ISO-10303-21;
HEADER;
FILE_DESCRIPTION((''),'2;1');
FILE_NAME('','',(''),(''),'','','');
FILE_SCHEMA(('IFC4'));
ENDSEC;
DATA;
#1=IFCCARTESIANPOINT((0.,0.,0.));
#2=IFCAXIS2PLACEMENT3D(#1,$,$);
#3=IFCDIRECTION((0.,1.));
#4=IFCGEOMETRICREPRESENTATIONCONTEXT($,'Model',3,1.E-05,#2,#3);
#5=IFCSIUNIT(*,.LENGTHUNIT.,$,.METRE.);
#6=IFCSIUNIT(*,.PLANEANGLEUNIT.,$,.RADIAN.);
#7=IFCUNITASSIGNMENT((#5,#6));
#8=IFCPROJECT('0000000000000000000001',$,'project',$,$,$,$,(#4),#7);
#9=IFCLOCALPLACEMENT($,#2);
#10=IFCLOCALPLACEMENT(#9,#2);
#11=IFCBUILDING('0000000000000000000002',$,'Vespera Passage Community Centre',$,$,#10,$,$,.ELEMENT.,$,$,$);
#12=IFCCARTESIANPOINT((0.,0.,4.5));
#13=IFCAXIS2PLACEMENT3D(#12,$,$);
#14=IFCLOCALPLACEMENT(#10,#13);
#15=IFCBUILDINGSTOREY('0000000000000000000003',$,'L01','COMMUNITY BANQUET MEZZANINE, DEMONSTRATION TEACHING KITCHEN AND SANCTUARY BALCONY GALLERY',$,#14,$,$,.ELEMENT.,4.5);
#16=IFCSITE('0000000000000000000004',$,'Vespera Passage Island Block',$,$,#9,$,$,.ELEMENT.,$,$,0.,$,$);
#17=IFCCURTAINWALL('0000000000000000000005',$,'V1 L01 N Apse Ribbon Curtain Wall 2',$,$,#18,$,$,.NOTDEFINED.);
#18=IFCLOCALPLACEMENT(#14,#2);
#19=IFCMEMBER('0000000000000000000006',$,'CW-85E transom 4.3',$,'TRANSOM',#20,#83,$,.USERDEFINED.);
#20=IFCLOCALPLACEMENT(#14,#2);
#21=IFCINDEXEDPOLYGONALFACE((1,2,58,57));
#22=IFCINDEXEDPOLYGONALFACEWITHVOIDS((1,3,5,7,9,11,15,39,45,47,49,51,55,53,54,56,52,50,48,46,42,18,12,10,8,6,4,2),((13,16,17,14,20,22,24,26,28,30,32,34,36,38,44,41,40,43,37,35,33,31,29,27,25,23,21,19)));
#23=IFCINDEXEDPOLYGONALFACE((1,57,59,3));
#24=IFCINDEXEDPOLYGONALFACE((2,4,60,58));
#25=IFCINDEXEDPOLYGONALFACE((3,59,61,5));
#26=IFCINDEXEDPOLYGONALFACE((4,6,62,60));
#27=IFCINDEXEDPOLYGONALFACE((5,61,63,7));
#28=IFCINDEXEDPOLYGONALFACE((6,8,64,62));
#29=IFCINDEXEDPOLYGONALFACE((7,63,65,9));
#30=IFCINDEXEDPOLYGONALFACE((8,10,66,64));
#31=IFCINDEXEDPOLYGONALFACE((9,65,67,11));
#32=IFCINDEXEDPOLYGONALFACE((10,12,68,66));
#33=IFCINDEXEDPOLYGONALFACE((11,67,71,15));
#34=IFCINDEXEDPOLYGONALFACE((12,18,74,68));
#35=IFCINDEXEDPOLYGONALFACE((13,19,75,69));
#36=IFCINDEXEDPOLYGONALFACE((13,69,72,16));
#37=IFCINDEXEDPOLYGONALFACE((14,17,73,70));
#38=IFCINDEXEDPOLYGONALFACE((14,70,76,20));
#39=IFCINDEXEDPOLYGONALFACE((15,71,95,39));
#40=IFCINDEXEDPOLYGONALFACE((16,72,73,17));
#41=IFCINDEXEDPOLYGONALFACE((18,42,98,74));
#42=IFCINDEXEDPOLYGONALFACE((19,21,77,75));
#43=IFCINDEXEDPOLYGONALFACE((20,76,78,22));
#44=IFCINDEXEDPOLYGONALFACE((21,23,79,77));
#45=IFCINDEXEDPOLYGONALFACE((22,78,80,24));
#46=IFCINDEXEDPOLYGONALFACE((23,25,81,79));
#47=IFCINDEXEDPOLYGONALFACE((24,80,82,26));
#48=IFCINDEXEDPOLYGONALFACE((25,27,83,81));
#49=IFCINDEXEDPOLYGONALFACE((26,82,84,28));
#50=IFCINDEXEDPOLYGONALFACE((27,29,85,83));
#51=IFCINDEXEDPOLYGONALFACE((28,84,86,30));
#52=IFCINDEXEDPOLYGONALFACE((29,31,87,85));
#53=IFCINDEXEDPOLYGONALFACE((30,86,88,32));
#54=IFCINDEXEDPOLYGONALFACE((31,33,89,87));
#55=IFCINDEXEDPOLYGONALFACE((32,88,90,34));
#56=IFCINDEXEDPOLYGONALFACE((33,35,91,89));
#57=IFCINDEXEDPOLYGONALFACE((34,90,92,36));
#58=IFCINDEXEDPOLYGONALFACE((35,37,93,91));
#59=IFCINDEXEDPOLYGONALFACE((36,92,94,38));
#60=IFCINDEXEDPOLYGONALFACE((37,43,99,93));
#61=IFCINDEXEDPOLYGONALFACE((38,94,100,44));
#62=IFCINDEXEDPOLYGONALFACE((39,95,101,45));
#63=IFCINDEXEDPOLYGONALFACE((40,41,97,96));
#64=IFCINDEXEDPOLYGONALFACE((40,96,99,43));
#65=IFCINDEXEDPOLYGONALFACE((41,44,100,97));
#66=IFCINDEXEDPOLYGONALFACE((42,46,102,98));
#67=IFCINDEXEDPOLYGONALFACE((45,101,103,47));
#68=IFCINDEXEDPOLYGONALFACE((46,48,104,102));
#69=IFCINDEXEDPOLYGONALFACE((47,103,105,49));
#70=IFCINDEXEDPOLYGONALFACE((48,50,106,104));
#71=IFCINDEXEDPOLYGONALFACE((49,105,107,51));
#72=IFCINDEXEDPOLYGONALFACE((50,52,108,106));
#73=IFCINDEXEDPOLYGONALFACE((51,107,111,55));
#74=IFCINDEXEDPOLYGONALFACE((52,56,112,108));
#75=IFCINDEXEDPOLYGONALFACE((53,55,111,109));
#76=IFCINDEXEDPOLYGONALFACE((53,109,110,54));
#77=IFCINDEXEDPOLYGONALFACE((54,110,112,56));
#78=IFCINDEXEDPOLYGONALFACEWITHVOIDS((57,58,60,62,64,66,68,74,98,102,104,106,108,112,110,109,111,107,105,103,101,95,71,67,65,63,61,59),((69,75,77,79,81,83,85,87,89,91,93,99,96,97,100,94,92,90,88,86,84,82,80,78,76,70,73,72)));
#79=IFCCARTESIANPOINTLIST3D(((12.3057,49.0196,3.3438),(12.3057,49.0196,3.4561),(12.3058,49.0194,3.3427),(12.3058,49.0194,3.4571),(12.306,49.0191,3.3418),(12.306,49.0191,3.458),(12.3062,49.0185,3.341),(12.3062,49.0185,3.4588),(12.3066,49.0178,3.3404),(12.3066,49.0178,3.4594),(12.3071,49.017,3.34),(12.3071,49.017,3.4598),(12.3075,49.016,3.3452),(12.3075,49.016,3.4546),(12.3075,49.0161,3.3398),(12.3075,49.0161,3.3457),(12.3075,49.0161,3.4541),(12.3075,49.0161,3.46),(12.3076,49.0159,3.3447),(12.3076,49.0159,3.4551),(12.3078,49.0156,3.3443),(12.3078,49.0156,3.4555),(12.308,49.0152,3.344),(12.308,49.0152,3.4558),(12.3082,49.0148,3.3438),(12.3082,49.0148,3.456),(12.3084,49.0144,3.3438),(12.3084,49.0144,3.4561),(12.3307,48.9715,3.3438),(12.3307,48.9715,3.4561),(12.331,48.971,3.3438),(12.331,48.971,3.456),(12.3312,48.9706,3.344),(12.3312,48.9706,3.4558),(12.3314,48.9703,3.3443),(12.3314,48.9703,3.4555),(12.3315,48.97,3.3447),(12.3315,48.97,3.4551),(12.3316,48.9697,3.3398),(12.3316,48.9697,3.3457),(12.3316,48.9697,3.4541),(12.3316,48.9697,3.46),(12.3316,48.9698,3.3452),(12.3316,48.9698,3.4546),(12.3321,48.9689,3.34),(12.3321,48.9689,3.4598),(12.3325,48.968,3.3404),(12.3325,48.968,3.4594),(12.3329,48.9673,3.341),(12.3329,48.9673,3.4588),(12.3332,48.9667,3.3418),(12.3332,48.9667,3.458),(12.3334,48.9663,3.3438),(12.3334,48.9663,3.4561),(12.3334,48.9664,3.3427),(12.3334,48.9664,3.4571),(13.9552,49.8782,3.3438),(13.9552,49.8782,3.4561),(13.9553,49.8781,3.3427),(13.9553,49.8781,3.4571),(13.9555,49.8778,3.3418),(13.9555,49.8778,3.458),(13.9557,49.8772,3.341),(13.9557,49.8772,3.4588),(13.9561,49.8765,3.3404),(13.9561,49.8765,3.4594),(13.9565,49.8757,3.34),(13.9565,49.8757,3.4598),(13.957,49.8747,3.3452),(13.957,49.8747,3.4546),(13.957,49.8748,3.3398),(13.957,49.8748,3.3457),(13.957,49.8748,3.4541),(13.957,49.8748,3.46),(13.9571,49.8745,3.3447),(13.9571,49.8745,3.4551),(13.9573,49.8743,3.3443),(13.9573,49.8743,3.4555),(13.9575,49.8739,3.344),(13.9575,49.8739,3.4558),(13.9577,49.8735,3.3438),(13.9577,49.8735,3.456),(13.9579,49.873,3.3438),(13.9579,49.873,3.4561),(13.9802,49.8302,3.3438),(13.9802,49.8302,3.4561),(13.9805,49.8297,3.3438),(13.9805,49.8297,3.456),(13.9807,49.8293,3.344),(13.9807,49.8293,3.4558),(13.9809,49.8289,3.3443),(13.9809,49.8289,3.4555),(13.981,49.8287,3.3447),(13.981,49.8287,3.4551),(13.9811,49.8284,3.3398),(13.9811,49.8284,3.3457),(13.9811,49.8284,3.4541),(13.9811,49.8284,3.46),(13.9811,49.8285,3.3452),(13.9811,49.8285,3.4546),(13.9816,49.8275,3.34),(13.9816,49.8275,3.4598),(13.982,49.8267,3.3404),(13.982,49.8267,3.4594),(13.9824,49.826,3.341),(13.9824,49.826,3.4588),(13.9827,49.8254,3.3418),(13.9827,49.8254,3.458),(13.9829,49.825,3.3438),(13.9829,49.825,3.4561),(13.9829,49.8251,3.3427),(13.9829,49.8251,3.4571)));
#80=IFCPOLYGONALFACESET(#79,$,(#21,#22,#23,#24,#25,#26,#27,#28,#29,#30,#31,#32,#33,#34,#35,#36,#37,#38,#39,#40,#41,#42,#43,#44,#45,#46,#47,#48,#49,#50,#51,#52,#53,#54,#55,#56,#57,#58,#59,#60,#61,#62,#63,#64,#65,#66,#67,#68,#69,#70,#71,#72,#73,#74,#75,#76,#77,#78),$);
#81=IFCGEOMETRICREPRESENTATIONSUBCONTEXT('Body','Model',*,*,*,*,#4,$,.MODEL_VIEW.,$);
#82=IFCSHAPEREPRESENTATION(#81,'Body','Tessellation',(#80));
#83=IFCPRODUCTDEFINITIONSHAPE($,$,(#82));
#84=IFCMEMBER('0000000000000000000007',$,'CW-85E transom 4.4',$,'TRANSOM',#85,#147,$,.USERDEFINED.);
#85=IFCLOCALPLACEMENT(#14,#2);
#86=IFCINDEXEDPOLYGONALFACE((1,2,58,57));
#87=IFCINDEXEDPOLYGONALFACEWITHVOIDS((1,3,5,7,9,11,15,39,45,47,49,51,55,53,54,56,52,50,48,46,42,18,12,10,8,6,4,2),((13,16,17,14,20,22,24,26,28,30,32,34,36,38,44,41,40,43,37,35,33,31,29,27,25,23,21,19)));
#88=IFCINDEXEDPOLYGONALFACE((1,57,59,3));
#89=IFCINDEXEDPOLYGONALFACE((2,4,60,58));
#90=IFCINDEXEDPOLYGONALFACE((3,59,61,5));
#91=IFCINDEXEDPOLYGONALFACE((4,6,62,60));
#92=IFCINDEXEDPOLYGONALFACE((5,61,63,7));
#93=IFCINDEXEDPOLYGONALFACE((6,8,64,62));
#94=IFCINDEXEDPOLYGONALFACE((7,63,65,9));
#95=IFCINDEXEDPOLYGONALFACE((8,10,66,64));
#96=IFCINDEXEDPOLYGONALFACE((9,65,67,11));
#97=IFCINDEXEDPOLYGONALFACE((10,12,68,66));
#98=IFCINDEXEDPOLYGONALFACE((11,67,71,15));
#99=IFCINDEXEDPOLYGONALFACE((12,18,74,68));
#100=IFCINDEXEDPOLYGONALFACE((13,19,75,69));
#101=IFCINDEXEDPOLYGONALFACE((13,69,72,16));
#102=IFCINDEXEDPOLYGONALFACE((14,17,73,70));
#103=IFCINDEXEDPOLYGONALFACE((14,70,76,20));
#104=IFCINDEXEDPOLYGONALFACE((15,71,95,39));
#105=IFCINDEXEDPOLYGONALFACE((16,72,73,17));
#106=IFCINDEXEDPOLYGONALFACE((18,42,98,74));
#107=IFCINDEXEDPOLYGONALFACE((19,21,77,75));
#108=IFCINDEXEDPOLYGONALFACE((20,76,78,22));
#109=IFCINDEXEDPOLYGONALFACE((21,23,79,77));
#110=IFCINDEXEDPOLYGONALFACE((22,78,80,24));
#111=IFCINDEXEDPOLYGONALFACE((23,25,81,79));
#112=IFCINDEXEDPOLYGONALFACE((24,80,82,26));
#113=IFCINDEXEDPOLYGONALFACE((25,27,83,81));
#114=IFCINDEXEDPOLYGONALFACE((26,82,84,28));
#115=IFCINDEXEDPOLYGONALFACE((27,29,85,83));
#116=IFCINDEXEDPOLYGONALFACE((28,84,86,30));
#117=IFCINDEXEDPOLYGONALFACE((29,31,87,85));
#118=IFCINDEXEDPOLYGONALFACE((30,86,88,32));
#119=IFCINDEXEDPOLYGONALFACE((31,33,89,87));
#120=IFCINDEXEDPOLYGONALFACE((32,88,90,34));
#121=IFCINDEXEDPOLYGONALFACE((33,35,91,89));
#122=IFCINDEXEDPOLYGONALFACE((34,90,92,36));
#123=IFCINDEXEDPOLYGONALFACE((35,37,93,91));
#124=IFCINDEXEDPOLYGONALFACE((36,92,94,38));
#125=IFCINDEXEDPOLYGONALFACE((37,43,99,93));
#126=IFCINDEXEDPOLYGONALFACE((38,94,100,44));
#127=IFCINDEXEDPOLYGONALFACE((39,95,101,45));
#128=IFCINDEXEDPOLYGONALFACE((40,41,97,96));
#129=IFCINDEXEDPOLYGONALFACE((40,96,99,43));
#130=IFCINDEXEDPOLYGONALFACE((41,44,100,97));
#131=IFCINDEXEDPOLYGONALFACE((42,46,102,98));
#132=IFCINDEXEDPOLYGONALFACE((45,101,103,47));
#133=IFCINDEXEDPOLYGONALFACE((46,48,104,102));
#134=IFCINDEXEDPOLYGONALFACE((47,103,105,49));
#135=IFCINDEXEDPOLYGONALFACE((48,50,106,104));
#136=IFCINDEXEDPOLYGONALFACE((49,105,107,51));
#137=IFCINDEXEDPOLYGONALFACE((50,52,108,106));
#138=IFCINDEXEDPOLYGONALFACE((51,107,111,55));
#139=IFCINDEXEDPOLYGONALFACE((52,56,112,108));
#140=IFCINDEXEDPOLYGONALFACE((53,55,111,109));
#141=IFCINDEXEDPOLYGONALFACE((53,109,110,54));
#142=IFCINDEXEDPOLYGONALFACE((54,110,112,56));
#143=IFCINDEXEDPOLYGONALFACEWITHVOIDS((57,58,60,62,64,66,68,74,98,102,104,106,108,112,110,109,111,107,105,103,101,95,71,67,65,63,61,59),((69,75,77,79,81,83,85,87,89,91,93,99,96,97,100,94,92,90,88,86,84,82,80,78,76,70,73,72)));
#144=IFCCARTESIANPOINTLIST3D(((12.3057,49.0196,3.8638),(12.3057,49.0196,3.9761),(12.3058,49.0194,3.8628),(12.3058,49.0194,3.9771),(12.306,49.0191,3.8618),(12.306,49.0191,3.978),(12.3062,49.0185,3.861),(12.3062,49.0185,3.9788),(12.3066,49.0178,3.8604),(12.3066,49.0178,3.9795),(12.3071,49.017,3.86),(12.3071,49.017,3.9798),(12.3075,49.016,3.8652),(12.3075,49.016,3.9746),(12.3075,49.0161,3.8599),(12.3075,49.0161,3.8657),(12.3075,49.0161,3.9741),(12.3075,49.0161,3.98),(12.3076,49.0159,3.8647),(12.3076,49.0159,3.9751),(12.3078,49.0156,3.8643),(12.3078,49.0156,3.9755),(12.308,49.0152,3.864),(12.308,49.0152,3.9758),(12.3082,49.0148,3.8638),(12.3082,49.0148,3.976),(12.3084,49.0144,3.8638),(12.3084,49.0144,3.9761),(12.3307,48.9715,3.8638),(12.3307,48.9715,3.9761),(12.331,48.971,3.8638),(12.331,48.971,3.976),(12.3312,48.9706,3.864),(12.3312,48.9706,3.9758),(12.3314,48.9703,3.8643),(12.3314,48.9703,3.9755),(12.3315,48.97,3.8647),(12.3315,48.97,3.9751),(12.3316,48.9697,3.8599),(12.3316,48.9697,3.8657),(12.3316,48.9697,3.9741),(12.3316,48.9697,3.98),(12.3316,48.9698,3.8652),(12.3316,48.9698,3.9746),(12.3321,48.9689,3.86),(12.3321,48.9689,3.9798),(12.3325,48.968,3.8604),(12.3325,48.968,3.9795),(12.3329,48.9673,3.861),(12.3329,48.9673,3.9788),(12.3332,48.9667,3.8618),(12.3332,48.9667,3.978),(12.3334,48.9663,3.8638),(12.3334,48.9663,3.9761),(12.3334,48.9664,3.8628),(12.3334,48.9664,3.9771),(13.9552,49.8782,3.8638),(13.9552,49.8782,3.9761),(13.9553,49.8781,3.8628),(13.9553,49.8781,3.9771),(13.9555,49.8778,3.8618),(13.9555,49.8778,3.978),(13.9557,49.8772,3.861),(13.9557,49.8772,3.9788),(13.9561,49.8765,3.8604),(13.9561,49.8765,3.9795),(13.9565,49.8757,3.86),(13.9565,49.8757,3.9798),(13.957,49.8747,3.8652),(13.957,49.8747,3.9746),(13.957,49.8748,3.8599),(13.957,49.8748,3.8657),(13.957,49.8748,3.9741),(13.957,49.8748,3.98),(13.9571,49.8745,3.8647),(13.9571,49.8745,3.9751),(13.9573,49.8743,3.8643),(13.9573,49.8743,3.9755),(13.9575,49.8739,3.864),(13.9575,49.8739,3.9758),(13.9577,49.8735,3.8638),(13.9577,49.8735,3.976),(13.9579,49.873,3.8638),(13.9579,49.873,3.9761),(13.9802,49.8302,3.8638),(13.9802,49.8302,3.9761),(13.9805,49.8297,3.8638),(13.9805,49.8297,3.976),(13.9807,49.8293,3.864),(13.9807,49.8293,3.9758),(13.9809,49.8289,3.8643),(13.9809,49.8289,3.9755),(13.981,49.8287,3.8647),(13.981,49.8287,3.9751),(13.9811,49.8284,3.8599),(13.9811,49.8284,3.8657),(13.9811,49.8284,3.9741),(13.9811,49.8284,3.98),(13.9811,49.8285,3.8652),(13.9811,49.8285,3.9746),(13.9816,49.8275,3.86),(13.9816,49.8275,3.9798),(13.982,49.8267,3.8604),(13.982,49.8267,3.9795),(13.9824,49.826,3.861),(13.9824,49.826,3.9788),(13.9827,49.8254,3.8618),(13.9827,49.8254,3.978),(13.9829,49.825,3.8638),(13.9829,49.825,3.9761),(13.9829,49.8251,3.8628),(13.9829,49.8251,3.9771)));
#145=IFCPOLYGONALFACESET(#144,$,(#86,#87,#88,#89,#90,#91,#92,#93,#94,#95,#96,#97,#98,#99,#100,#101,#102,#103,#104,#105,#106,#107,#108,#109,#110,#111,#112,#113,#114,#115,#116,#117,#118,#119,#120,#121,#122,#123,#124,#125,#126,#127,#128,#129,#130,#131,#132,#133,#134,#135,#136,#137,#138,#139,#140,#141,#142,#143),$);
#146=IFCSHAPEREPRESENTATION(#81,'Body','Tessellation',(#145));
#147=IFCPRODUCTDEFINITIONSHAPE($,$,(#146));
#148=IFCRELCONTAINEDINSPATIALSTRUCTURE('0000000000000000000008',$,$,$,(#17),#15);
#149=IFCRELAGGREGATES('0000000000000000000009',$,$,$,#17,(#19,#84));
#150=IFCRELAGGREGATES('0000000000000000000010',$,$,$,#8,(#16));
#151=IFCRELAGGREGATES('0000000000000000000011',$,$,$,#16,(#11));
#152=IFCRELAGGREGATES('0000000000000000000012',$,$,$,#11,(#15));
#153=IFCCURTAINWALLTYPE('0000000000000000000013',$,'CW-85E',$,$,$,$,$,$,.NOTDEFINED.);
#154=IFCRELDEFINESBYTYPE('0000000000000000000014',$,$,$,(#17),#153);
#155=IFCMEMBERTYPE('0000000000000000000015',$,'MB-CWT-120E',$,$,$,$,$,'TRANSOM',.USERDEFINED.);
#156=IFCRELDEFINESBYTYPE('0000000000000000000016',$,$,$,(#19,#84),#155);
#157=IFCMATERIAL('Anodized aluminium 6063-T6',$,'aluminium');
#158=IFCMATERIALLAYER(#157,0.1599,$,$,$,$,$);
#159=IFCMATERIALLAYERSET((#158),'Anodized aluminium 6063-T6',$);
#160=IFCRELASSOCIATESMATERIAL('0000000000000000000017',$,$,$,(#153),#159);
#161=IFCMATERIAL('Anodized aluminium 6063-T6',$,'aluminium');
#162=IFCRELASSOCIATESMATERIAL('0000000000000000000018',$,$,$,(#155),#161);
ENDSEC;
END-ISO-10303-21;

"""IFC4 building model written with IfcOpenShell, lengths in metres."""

from ifc_helpers import new_model, si_unit, direction, frame, origin, origin_2d, place, context, subcontext, project, spatial, hollow_rectangle, extrude, material, layer, layer_set, material_profile, profile_set, type_object, element, aggregate, save


model = new_model("IFC4")

# Units and contexts
model_context = context("Model", 3, precision=1e-05, world=origin(), true_north=direction((0.0, 1.0)))
body_context = subcontext(model_context, "Body", "Model", "MODEL_VIEW")
ifc_project = project(units=[si_unit("LENGTHUNIT", "METRE"), si_unit("PLANEANGLEUNIT", "RADIAN")], contexts=[model_context])

# Site, building, storey
site_placement = place(None, origin())
site = spatial("IfcSite", under=ifc_project, at=site_placement, Name="Vespera Passage Island Block", CompositionType="ELEMENT", RefElevation=0.0)
building_placement = place(site_placement, origin())
building = spatial("IfcBuilding", under=site, at=building_placement, Name="Vespera Passage Community Centre", CompositionType="ELEMENT")
storey_placement = place(building_placement, frame((0.0, 0.0, 4.5)))
storey = spatial("IfcBuildingStorey", under=building, at=storey_placement, Name="L01", Description="COMMUNITY BANQUET MEZZANINE, DEMONSTRATION TEACHING KITCHEN AND SANCTUARY BALCONY GALLERY", CompositionType="ELEMENT", Elevation=4.5)

# Curtain wall, members
ifc_material_1 = material(Name="Anodized aluminium 6063-T6", Category="aluminium")
ifc_layer_1 = layer(ifc_material_1, 0.1599)
ifc_layer_set_1 = layer_set([ifc_layer_1], Name="Anodized aluminium 6063-T6")
curtain_wall_type = type_object("IfcCurtainWallType", Name="CW-85E", PredefinedType="NOTDEFINED", material=ifc_layer_set_1)
curtain_wall_placement = place(storey_placement, origin())
curtain_wall = element("IfcCurtainWall", 1, at=curtain_wall_placement, inside=storey, type_object=curtain_wall_type, Name="V1 L01 N Apse Ribbon Curtain Wall 2", PredefinedType="NOTDEFINED")
ifc_material_2 = material(Name="Anodized aluminium 6063-T6", Category="aluminium")
ifc_material_profile_1 = material_profile(ifc_material_2, hollow_rectangle(XDim=0.0601, YDim=0.1201, WallThickness=0.0039, InnerFilletRadius=0.002, OuterFilletRadius=0.0039, at=origin_2d()), Name="ALU120X60X4")
ifc_profile_set_1 = profile_set([ifc_material_profile_1], Name="Anodized aluminium 6063-T6")
member_type_1 = type_object("IfcMemberType", Name="MB-CWT-120E", ElementType="TRANSOM", PredefinedType="USERDEFINED", material=ifc_profile_set_1)
member_1_placement = place(storey_placement, frame((12.3196, 48.9929, 3.3999), z_axis=(0.887008, 0.461754, 0.0), x_axis=(-0.461754, 0.887008, 0.0)))
member_1 = element("IfcMember", 2, at=member_1_placement, type_object=member_type_1, Name="CW-85E transom 4.3", ObjectType="TRANSOM", PredefinedType="USERDEFINED", context=body_context, shape_type="SweptSolid", body=[
    extrude(hollow_rectangle(XDim=0.0601, YDim=0.1201, WallThickness=0.0039, InnerFilletRadius=0.002, OuterFilletRadius=0.0039, at=origin_2d()), origin(), (0.0, 0.0, 1.0), 1.8596),
])
member_2_placement = place(storey_placement, frame((12.3196, 48.9929, 3.9199), z_axis=(0.887008, 0.461754, 0.0), x_axis=(-0.461754, 0.887008, 0.0)))
member_2 = element("IfcMember", 3, at=member_2_placement, type_object=member_type_1, Name="CW-85E transom 4.4", ObjectType="TRANSOM", PredefinedType="USERDEFINED", context=body_context, shape_type="SweptSolid", body=[
    extrude(hollow_rectangle(XDim=0.0601, YDim=0.1201, WallThickness=0.0039, InnerFilletRadius=0.002, OuterFilletRadius=0.0039, at=origin_2d()), origin(), (0.0, 0.0, 1.0), 1.8596),
])
aggregate(curtain_wall, [member_1, member_2])

save(model, "model.ifc")
